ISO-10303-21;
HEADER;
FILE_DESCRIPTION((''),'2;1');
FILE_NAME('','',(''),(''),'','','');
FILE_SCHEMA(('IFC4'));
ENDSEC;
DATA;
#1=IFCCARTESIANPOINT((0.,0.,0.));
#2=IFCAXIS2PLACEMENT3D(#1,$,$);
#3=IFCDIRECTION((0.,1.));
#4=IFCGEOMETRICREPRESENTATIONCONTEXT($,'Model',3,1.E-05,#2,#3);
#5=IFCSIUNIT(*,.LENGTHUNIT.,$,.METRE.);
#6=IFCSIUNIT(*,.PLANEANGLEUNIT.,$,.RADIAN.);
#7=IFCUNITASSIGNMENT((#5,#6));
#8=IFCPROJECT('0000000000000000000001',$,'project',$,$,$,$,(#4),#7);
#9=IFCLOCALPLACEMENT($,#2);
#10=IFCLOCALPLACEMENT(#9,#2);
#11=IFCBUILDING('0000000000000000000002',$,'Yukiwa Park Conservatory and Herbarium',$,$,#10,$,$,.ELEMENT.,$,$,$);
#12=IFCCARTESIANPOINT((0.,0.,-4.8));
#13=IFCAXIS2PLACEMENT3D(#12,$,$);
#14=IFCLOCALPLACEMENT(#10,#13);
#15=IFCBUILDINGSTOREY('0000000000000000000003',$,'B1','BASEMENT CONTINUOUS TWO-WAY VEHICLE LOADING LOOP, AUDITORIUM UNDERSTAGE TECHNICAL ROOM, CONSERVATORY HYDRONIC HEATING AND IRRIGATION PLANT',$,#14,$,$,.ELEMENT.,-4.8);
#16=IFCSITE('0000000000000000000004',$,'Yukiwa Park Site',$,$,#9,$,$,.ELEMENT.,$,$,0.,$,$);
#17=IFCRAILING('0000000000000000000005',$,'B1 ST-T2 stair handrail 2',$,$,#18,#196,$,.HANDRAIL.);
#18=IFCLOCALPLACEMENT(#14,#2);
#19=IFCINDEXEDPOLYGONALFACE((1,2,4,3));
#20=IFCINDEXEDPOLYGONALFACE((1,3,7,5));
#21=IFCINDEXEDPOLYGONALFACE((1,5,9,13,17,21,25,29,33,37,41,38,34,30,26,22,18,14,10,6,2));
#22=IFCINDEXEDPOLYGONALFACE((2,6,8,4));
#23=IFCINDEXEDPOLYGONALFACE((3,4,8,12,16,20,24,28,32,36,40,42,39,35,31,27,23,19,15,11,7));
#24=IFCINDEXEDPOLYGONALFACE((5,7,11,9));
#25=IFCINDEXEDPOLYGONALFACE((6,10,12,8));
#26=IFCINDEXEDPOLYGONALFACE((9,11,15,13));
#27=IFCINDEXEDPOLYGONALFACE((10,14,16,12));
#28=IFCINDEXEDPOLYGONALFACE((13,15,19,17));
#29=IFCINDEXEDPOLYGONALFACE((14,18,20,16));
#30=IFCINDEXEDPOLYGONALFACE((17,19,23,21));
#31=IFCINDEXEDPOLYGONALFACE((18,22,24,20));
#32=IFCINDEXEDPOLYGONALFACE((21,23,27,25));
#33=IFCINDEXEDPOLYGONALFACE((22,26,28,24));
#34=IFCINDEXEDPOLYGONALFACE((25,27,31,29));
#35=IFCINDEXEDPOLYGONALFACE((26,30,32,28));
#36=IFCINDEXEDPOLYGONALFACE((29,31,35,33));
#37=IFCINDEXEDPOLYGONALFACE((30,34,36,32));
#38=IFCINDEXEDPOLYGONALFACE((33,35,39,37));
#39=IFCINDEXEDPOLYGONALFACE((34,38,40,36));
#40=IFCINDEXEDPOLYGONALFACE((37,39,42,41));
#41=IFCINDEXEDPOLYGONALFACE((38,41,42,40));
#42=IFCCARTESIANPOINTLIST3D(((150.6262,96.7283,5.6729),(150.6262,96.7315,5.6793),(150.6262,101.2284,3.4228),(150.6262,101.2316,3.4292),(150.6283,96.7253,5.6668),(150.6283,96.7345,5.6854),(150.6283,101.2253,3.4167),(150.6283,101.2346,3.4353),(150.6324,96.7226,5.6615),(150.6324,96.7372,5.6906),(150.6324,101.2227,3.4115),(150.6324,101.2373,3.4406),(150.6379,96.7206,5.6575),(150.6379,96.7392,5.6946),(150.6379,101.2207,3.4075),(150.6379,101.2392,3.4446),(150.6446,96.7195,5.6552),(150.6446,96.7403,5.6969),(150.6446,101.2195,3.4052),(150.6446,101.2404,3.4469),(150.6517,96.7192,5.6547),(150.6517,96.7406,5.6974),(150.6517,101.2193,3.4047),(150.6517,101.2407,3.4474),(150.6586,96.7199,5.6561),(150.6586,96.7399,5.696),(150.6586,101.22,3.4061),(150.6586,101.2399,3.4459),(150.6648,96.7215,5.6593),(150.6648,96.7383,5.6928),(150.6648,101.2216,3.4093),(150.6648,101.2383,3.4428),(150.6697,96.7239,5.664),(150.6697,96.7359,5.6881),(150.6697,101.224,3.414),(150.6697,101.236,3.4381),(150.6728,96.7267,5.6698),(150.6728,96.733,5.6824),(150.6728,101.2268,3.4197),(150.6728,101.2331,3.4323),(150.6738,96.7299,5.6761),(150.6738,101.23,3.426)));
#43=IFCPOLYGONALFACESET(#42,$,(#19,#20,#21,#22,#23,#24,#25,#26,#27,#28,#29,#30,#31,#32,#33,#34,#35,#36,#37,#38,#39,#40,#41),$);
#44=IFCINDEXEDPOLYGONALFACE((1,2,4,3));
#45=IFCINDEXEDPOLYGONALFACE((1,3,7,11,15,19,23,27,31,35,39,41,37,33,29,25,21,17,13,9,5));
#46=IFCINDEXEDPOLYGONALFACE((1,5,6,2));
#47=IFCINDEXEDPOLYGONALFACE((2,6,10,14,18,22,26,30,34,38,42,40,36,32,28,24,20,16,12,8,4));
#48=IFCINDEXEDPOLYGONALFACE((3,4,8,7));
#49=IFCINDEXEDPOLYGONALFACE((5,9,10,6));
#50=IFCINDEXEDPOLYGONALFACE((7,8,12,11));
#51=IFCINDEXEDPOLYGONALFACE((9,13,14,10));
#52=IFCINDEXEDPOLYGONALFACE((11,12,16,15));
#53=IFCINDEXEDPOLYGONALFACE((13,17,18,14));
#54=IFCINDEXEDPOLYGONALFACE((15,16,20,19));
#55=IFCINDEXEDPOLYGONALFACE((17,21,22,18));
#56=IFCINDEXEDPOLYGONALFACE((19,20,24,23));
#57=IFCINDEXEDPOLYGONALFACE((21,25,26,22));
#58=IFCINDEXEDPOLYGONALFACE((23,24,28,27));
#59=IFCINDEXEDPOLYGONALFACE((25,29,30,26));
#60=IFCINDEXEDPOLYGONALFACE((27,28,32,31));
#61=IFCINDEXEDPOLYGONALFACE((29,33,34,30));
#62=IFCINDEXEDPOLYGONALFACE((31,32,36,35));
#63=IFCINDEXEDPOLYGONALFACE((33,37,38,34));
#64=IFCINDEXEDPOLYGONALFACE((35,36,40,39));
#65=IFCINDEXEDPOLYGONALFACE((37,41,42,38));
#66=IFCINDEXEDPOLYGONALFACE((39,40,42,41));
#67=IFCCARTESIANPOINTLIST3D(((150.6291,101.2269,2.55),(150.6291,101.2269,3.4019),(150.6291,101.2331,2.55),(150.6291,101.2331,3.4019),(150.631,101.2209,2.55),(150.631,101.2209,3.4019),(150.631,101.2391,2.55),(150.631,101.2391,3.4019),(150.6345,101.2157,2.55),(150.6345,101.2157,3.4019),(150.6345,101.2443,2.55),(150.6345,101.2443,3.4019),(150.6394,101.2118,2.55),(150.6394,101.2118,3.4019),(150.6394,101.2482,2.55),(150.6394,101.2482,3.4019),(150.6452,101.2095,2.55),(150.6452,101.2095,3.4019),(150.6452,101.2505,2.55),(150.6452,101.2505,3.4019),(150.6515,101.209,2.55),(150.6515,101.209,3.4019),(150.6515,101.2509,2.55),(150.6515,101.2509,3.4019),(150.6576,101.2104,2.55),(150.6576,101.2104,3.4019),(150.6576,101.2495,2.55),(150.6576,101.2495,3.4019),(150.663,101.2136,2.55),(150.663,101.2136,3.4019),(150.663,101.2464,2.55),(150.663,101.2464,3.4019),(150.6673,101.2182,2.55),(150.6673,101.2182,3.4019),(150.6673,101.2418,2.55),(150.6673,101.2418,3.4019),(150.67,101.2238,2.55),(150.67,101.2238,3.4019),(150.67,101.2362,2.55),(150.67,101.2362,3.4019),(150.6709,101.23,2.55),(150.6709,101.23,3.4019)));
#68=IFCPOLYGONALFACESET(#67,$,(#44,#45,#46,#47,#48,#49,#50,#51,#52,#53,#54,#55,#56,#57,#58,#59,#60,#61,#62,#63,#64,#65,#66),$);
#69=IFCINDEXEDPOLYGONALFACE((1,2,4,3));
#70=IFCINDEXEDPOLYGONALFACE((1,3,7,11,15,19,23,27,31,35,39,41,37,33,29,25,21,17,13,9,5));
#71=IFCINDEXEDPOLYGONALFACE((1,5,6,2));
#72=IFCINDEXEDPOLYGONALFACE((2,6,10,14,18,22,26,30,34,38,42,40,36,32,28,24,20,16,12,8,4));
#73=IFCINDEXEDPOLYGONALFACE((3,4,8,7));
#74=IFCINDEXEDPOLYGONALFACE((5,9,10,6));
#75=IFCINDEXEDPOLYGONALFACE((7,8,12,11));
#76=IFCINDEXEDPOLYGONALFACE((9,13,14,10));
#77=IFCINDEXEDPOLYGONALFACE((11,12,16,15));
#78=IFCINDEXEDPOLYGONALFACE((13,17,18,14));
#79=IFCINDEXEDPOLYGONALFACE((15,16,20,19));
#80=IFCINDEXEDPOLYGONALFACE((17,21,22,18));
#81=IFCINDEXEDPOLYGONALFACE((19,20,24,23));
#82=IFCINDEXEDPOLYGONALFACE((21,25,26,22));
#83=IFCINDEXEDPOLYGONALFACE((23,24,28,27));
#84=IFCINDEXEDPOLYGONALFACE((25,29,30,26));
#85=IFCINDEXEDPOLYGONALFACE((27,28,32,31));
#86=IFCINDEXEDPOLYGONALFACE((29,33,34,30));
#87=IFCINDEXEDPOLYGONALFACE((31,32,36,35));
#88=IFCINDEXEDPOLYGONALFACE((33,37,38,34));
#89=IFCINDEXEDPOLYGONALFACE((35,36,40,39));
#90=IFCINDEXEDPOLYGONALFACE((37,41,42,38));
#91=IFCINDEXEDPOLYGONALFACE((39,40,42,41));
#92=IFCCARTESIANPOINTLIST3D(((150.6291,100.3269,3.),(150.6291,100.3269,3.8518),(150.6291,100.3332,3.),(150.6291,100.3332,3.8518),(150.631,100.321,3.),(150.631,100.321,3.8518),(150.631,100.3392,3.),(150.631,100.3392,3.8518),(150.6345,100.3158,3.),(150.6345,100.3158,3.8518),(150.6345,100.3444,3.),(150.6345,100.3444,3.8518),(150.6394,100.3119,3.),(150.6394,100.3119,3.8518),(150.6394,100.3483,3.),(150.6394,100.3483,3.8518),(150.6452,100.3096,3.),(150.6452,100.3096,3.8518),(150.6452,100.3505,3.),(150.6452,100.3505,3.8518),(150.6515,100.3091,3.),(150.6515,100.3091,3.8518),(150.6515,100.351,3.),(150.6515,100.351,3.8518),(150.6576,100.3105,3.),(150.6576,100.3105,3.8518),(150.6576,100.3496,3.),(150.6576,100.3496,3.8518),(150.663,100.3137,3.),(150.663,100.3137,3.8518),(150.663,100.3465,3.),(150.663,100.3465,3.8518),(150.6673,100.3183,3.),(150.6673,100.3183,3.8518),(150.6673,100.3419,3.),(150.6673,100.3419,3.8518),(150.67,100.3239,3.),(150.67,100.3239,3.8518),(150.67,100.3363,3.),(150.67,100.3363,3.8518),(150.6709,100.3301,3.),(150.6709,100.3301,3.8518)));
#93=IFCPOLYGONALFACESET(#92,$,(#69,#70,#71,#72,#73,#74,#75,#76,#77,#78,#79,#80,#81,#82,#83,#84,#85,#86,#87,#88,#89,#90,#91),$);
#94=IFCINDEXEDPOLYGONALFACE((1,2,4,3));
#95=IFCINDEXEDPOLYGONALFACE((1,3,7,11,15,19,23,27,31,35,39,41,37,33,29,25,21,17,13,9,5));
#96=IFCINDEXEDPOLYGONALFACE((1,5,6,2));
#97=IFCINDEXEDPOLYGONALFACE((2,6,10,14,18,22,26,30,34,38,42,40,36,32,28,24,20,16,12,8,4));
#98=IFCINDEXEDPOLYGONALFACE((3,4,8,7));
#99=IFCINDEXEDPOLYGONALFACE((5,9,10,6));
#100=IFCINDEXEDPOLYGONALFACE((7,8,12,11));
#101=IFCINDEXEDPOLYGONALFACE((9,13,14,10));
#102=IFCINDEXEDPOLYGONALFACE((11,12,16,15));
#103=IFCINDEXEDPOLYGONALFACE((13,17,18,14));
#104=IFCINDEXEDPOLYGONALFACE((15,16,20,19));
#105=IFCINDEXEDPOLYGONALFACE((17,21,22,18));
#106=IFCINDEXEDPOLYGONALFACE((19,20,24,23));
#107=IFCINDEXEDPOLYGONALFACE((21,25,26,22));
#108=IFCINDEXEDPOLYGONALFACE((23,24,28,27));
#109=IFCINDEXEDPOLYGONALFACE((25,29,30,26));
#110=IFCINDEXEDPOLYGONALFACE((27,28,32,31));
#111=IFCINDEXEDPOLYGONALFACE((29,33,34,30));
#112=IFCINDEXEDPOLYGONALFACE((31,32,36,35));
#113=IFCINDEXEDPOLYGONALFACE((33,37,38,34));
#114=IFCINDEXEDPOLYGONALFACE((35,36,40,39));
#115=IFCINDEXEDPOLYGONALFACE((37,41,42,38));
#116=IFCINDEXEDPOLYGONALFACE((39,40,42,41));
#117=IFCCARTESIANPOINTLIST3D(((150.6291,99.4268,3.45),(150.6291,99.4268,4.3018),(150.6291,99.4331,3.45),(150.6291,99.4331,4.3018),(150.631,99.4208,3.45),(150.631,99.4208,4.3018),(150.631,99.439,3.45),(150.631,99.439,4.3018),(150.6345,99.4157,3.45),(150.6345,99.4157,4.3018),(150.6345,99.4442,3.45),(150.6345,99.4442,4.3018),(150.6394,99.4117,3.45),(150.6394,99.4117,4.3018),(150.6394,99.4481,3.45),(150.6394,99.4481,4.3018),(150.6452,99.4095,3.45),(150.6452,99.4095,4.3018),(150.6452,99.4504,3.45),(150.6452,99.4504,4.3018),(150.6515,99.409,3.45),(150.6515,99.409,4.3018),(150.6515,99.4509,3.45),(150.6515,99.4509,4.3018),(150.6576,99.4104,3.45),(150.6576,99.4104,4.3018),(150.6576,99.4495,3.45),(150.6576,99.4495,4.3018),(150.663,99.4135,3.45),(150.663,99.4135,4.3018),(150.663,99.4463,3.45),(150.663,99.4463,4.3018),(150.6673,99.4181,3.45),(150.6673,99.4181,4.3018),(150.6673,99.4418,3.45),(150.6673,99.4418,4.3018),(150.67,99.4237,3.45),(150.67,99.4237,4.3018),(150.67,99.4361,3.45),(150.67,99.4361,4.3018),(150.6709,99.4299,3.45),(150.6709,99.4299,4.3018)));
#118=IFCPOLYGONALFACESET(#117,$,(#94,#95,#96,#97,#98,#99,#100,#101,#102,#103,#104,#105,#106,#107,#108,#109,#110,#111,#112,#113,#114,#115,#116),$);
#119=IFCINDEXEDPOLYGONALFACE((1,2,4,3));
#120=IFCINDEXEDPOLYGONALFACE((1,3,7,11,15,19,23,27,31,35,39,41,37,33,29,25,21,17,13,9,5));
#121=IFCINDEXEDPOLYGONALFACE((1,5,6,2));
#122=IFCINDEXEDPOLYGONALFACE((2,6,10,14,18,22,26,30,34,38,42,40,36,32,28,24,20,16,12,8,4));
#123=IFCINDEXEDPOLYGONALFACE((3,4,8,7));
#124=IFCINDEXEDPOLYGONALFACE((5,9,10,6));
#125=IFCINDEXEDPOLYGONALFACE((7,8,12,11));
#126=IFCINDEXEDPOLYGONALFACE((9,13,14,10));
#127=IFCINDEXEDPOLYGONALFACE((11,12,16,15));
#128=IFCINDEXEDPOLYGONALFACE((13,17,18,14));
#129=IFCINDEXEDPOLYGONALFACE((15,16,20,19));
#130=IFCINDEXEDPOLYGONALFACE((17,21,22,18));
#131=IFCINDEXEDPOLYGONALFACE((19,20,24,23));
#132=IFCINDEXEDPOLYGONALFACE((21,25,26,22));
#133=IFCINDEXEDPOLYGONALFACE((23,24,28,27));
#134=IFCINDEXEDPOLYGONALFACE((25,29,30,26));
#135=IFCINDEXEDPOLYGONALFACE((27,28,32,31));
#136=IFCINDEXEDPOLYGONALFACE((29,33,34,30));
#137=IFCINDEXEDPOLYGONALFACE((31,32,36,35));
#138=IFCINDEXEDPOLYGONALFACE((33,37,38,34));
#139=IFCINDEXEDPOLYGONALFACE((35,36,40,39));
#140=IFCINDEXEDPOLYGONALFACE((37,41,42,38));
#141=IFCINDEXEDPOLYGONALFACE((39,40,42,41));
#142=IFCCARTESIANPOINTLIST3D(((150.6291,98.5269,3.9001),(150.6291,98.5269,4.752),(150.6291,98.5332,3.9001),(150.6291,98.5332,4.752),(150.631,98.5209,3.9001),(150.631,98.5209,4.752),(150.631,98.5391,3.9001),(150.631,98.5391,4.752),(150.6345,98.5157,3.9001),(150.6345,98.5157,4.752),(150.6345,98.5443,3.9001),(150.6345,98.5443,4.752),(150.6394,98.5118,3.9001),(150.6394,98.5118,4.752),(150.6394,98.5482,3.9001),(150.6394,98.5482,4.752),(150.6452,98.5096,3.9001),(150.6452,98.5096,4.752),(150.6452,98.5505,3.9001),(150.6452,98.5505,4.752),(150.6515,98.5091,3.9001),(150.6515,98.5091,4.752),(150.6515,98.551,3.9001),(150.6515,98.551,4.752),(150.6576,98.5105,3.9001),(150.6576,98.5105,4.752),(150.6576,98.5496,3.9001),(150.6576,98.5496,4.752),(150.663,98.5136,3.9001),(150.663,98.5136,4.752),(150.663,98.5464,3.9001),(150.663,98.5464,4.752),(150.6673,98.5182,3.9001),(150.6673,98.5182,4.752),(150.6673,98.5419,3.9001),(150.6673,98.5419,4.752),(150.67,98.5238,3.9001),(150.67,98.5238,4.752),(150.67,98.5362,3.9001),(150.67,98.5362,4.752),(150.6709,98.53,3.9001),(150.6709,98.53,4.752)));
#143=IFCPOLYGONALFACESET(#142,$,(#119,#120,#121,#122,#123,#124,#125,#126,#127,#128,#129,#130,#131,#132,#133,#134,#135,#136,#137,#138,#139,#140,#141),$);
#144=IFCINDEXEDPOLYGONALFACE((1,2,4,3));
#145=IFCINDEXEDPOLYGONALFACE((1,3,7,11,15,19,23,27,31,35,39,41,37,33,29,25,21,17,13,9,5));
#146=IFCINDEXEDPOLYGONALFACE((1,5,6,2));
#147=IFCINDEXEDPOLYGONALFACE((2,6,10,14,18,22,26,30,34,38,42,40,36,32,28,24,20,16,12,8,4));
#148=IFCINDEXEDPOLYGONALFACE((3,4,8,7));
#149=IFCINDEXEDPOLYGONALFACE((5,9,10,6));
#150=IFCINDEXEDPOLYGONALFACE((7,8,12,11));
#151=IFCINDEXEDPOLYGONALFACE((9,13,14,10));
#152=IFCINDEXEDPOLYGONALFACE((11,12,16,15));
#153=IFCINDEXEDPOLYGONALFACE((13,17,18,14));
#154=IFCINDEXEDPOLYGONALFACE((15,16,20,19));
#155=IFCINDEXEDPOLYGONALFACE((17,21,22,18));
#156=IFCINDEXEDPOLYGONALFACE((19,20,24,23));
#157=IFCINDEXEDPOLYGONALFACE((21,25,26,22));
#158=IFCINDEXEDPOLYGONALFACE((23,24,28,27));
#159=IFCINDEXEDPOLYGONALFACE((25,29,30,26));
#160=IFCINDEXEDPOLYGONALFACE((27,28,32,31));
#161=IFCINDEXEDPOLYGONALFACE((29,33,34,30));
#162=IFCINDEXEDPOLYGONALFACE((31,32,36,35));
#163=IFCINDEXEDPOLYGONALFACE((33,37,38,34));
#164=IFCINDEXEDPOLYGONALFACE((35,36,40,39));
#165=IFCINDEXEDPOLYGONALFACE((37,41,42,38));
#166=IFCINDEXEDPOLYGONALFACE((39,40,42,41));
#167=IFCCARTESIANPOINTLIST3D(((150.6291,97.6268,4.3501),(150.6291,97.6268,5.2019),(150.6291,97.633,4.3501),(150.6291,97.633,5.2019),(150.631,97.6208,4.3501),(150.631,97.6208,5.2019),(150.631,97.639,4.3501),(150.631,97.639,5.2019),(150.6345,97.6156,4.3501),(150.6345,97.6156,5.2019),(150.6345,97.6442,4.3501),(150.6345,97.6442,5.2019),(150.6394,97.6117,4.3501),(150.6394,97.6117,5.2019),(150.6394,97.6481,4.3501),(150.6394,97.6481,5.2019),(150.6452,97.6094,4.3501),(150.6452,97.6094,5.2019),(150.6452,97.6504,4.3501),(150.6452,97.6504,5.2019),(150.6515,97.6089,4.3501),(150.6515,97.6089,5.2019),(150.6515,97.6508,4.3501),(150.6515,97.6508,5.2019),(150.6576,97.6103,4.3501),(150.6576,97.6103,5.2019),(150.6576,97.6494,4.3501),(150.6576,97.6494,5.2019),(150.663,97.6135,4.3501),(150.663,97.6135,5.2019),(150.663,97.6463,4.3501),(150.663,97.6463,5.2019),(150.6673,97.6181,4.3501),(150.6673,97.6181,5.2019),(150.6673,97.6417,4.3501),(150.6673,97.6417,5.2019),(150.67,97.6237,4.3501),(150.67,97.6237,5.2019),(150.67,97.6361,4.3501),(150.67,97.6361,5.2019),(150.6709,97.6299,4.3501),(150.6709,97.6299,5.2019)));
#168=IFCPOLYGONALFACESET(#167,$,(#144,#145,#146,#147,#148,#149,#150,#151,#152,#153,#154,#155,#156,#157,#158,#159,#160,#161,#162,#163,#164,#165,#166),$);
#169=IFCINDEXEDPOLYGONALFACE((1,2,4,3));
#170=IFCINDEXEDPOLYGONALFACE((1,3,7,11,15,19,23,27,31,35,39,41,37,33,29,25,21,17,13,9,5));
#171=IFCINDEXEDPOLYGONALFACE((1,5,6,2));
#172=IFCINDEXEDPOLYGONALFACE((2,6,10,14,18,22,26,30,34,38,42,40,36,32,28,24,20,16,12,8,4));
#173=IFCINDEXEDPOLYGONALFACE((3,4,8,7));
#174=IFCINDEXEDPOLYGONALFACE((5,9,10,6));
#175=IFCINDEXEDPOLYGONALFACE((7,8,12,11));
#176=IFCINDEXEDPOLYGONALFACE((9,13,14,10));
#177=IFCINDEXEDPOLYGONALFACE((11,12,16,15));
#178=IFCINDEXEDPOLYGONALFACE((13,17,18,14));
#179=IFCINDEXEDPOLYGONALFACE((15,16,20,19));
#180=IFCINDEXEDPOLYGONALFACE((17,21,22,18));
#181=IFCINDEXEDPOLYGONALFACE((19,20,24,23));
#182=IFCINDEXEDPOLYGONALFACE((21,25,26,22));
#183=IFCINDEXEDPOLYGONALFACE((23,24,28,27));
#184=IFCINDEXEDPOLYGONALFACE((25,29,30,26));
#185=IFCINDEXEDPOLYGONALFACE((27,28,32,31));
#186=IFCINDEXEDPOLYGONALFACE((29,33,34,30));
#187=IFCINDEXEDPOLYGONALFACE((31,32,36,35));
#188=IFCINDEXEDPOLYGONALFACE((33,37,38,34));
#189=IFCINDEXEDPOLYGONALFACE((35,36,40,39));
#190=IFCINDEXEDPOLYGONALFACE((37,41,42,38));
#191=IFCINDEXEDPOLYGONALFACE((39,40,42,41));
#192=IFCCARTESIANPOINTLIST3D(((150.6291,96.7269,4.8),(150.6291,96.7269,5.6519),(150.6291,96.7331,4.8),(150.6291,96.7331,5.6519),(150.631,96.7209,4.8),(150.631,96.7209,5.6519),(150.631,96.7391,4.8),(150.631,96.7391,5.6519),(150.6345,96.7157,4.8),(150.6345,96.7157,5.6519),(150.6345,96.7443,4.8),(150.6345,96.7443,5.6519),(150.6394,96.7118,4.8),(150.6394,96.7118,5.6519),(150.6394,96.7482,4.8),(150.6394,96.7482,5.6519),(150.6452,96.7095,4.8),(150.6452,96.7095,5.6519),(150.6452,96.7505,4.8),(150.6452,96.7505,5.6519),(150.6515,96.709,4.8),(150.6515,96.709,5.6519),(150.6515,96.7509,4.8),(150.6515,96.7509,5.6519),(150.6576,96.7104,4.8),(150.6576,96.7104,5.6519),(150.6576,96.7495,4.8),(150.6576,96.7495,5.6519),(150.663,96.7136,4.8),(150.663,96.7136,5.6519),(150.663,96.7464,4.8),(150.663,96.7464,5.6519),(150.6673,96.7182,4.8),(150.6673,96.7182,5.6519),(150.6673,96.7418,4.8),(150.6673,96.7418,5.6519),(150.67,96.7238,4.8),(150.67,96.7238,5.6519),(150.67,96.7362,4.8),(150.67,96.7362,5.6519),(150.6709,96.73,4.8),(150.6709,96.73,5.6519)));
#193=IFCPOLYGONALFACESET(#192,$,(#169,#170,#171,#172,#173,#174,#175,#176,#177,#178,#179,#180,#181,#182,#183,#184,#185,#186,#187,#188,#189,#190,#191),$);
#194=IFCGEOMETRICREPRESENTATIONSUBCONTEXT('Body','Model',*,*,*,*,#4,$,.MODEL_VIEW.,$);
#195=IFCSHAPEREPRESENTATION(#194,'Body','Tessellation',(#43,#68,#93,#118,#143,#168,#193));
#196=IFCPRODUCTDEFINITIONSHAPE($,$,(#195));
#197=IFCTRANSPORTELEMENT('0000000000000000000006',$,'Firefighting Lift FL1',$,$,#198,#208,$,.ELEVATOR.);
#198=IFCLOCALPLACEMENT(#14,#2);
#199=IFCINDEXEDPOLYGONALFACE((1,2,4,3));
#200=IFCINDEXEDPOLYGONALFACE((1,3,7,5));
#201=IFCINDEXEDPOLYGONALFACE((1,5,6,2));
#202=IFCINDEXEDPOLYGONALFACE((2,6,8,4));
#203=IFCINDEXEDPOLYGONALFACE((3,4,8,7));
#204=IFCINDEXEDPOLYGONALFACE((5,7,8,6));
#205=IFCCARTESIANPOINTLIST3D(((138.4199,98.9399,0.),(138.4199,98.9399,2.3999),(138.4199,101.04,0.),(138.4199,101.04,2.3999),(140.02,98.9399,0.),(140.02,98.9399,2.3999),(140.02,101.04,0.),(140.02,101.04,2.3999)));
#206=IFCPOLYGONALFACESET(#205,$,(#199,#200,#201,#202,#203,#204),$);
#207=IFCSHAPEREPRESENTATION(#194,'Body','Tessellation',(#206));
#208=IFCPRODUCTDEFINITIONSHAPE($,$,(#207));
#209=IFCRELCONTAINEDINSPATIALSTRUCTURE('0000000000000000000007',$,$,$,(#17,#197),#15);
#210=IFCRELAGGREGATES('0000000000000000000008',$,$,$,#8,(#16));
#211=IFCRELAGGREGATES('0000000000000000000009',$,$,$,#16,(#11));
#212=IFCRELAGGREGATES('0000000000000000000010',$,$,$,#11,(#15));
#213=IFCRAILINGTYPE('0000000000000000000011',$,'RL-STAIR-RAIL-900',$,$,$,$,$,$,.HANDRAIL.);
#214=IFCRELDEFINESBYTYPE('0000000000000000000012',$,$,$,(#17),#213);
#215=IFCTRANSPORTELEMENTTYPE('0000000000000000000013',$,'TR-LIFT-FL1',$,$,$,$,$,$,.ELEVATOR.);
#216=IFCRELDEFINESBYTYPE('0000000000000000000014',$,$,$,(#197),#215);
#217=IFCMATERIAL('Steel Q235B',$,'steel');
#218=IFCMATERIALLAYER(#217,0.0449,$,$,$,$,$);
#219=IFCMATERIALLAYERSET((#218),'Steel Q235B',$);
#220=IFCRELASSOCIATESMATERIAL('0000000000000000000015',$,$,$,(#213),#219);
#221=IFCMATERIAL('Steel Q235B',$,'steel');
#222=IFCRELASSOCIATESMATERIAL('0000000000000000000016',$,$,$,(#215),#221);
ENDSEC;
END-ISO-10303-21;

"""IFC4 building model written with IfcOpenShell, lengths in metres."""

from ifc_helpers import new_model, si_unit, direction, frame, origin, origin_2d, place, context, subcontext, project, spatial, rectangle, circle, extrude, material, layer, layer_set, type_object, element, save


model = new_model("IFC4")

# Units and contexts
model_context = context("Model", 3, precision=1e-05, world=origin(), true_north=direction((0.0, 1.0)))
body_context = subcontext(model_context, "Body", "Model", "MODEL_VIEW")
ifc_project = project(units=[si_unit("LENGTHUNIT", "METRE"), si_unit("PLANEANGLEUNIT", "RADIAN")], contexts=[model_context])

# Site, building, storey
site_placement = place(None, origin())
site = spatial("IfcSite", under=ifc_project, at=site_placement, Name="Yukiwa Park Site", CompositionType="ELEMENT", RefElevation=0.0)
building_placement = place(site_placement, origin())
building = spatial("IfcBuilding", under=site, at=building_placement, Name="Yukiwa Park Conservatory and Herbarium", CompositionType="ELEMENT")
storey_placement = place(building_placement, frame((0.0, 0.0, -4.8)))
storey = spatial("IfcBuildingStorey", under=building, at=storey_placement, Name="B1", Description="BASEMENT CONTINUOUS TWO-WAY VEHICLE LOADING LOOP, AUDITORIUM UNDERSTAGE TECHNICAL ROOM, CONSERVATORY HYDRONIC HEATING AND IRRIGATION PLANT", CompositionType="ELEMENT", Elevation=-4.8)

# Railing
ifc_material_1 = material(Name="Steel Q235B", Category="steel")
ifc_layer_1 = layer(ifc_material_1, 0.0449)
ifc_layer_set_1 = layer_set([ifc_layer_1], Name="Steel Q235B")
railing_type_1 = type_object("IfcRailingType", Name="RL-STAIR-RAIL-900", PredefinedType="HANDRAIL", material=ifc_layer_set_1)
for number, where, name in (
    (1, (150.6499, 101.23, 2.55), "B1 ST-T2 stair handrail 2"),
):
    element("IfcRailing", number, at=place(storey_placement, frame(where)), inside=storey, type_object=railing_type_1, Name=name, PredefinedType="HANDRAIL", context=body_context, shape_type="SweptSolid", body=[
        extrude(circle(Radius=0.0239, at=origin_2d()), frame((0.0, 0.0, 0.876), z_axis=(0.0, -0.894427, 0.447214), x_axis=(1.0, 0.0, 0.0)), (0.0, 0.0, 1.0), 5.0312),
        extrude(circle(Radius=0.021, at=origin_2d()), origin(), (0.0, 0.0, 1.0), 0.8518),
        extrude(circle(Radius=0.021, at=origin_2d()), frame((0.0, -0.8999, 0.45)), (0.0, 0.0, 1.0), 0.8518),
        extrude(circle(Radius=0.021, at=origin_2d()), frame((0.0, -1.8, 0.8999)), (0.0, 0.0, 1.0), 0.8518),
        extrude(circle(Radius=0.021, at=origin_2d()), frame((0.0, -2.7, 1.3501)), (0.0, 0.0, 1.0), 0.8518),
        extrude(circle(Radius=0.021, at=origin_2d()), frame((0.0, -3.6001, 1.8)), (0.0, 0.0, 1.0), 0.8518),
        extrude(circle(Radius=0.021, at=origin_2d()), frame((0.0, -4.5, 2.25)), (0.0, 0.0, 1.0), 0.8518),
    ])

# Transport element
ifc_material_2 = material(Name="Steel Q235B", Category="steel")
transport_element_type_1 = type_object("IfcTransportElementType", Name="TR-LIFT-FL1", PredefinedType="ELEVATOR", material=ifc_material_2)
transport_element_1_placement = place(storey_placement, frame((139.22, 99.99, 0.0), z_axis=(0.0, 0.0, 1.0), x_axis=(1.0, 0.0, 0.0)))
element("IfcTransportElement", 2, at=transport_element_1_placement, inside=storey, type_object=transport_element_type_1, Name="Firefighting Lift FL1", PredefinedType="ELEVATOR", context=body_context, shape_type="SweptSolid", body=[
    extrude(rectangle(XDim=1.6001, YDim=2.1001, at=origin_2d()), origin(), (0.0, 0.0, 1.0), 2.3999),
])

save(model, "model.ifc")
